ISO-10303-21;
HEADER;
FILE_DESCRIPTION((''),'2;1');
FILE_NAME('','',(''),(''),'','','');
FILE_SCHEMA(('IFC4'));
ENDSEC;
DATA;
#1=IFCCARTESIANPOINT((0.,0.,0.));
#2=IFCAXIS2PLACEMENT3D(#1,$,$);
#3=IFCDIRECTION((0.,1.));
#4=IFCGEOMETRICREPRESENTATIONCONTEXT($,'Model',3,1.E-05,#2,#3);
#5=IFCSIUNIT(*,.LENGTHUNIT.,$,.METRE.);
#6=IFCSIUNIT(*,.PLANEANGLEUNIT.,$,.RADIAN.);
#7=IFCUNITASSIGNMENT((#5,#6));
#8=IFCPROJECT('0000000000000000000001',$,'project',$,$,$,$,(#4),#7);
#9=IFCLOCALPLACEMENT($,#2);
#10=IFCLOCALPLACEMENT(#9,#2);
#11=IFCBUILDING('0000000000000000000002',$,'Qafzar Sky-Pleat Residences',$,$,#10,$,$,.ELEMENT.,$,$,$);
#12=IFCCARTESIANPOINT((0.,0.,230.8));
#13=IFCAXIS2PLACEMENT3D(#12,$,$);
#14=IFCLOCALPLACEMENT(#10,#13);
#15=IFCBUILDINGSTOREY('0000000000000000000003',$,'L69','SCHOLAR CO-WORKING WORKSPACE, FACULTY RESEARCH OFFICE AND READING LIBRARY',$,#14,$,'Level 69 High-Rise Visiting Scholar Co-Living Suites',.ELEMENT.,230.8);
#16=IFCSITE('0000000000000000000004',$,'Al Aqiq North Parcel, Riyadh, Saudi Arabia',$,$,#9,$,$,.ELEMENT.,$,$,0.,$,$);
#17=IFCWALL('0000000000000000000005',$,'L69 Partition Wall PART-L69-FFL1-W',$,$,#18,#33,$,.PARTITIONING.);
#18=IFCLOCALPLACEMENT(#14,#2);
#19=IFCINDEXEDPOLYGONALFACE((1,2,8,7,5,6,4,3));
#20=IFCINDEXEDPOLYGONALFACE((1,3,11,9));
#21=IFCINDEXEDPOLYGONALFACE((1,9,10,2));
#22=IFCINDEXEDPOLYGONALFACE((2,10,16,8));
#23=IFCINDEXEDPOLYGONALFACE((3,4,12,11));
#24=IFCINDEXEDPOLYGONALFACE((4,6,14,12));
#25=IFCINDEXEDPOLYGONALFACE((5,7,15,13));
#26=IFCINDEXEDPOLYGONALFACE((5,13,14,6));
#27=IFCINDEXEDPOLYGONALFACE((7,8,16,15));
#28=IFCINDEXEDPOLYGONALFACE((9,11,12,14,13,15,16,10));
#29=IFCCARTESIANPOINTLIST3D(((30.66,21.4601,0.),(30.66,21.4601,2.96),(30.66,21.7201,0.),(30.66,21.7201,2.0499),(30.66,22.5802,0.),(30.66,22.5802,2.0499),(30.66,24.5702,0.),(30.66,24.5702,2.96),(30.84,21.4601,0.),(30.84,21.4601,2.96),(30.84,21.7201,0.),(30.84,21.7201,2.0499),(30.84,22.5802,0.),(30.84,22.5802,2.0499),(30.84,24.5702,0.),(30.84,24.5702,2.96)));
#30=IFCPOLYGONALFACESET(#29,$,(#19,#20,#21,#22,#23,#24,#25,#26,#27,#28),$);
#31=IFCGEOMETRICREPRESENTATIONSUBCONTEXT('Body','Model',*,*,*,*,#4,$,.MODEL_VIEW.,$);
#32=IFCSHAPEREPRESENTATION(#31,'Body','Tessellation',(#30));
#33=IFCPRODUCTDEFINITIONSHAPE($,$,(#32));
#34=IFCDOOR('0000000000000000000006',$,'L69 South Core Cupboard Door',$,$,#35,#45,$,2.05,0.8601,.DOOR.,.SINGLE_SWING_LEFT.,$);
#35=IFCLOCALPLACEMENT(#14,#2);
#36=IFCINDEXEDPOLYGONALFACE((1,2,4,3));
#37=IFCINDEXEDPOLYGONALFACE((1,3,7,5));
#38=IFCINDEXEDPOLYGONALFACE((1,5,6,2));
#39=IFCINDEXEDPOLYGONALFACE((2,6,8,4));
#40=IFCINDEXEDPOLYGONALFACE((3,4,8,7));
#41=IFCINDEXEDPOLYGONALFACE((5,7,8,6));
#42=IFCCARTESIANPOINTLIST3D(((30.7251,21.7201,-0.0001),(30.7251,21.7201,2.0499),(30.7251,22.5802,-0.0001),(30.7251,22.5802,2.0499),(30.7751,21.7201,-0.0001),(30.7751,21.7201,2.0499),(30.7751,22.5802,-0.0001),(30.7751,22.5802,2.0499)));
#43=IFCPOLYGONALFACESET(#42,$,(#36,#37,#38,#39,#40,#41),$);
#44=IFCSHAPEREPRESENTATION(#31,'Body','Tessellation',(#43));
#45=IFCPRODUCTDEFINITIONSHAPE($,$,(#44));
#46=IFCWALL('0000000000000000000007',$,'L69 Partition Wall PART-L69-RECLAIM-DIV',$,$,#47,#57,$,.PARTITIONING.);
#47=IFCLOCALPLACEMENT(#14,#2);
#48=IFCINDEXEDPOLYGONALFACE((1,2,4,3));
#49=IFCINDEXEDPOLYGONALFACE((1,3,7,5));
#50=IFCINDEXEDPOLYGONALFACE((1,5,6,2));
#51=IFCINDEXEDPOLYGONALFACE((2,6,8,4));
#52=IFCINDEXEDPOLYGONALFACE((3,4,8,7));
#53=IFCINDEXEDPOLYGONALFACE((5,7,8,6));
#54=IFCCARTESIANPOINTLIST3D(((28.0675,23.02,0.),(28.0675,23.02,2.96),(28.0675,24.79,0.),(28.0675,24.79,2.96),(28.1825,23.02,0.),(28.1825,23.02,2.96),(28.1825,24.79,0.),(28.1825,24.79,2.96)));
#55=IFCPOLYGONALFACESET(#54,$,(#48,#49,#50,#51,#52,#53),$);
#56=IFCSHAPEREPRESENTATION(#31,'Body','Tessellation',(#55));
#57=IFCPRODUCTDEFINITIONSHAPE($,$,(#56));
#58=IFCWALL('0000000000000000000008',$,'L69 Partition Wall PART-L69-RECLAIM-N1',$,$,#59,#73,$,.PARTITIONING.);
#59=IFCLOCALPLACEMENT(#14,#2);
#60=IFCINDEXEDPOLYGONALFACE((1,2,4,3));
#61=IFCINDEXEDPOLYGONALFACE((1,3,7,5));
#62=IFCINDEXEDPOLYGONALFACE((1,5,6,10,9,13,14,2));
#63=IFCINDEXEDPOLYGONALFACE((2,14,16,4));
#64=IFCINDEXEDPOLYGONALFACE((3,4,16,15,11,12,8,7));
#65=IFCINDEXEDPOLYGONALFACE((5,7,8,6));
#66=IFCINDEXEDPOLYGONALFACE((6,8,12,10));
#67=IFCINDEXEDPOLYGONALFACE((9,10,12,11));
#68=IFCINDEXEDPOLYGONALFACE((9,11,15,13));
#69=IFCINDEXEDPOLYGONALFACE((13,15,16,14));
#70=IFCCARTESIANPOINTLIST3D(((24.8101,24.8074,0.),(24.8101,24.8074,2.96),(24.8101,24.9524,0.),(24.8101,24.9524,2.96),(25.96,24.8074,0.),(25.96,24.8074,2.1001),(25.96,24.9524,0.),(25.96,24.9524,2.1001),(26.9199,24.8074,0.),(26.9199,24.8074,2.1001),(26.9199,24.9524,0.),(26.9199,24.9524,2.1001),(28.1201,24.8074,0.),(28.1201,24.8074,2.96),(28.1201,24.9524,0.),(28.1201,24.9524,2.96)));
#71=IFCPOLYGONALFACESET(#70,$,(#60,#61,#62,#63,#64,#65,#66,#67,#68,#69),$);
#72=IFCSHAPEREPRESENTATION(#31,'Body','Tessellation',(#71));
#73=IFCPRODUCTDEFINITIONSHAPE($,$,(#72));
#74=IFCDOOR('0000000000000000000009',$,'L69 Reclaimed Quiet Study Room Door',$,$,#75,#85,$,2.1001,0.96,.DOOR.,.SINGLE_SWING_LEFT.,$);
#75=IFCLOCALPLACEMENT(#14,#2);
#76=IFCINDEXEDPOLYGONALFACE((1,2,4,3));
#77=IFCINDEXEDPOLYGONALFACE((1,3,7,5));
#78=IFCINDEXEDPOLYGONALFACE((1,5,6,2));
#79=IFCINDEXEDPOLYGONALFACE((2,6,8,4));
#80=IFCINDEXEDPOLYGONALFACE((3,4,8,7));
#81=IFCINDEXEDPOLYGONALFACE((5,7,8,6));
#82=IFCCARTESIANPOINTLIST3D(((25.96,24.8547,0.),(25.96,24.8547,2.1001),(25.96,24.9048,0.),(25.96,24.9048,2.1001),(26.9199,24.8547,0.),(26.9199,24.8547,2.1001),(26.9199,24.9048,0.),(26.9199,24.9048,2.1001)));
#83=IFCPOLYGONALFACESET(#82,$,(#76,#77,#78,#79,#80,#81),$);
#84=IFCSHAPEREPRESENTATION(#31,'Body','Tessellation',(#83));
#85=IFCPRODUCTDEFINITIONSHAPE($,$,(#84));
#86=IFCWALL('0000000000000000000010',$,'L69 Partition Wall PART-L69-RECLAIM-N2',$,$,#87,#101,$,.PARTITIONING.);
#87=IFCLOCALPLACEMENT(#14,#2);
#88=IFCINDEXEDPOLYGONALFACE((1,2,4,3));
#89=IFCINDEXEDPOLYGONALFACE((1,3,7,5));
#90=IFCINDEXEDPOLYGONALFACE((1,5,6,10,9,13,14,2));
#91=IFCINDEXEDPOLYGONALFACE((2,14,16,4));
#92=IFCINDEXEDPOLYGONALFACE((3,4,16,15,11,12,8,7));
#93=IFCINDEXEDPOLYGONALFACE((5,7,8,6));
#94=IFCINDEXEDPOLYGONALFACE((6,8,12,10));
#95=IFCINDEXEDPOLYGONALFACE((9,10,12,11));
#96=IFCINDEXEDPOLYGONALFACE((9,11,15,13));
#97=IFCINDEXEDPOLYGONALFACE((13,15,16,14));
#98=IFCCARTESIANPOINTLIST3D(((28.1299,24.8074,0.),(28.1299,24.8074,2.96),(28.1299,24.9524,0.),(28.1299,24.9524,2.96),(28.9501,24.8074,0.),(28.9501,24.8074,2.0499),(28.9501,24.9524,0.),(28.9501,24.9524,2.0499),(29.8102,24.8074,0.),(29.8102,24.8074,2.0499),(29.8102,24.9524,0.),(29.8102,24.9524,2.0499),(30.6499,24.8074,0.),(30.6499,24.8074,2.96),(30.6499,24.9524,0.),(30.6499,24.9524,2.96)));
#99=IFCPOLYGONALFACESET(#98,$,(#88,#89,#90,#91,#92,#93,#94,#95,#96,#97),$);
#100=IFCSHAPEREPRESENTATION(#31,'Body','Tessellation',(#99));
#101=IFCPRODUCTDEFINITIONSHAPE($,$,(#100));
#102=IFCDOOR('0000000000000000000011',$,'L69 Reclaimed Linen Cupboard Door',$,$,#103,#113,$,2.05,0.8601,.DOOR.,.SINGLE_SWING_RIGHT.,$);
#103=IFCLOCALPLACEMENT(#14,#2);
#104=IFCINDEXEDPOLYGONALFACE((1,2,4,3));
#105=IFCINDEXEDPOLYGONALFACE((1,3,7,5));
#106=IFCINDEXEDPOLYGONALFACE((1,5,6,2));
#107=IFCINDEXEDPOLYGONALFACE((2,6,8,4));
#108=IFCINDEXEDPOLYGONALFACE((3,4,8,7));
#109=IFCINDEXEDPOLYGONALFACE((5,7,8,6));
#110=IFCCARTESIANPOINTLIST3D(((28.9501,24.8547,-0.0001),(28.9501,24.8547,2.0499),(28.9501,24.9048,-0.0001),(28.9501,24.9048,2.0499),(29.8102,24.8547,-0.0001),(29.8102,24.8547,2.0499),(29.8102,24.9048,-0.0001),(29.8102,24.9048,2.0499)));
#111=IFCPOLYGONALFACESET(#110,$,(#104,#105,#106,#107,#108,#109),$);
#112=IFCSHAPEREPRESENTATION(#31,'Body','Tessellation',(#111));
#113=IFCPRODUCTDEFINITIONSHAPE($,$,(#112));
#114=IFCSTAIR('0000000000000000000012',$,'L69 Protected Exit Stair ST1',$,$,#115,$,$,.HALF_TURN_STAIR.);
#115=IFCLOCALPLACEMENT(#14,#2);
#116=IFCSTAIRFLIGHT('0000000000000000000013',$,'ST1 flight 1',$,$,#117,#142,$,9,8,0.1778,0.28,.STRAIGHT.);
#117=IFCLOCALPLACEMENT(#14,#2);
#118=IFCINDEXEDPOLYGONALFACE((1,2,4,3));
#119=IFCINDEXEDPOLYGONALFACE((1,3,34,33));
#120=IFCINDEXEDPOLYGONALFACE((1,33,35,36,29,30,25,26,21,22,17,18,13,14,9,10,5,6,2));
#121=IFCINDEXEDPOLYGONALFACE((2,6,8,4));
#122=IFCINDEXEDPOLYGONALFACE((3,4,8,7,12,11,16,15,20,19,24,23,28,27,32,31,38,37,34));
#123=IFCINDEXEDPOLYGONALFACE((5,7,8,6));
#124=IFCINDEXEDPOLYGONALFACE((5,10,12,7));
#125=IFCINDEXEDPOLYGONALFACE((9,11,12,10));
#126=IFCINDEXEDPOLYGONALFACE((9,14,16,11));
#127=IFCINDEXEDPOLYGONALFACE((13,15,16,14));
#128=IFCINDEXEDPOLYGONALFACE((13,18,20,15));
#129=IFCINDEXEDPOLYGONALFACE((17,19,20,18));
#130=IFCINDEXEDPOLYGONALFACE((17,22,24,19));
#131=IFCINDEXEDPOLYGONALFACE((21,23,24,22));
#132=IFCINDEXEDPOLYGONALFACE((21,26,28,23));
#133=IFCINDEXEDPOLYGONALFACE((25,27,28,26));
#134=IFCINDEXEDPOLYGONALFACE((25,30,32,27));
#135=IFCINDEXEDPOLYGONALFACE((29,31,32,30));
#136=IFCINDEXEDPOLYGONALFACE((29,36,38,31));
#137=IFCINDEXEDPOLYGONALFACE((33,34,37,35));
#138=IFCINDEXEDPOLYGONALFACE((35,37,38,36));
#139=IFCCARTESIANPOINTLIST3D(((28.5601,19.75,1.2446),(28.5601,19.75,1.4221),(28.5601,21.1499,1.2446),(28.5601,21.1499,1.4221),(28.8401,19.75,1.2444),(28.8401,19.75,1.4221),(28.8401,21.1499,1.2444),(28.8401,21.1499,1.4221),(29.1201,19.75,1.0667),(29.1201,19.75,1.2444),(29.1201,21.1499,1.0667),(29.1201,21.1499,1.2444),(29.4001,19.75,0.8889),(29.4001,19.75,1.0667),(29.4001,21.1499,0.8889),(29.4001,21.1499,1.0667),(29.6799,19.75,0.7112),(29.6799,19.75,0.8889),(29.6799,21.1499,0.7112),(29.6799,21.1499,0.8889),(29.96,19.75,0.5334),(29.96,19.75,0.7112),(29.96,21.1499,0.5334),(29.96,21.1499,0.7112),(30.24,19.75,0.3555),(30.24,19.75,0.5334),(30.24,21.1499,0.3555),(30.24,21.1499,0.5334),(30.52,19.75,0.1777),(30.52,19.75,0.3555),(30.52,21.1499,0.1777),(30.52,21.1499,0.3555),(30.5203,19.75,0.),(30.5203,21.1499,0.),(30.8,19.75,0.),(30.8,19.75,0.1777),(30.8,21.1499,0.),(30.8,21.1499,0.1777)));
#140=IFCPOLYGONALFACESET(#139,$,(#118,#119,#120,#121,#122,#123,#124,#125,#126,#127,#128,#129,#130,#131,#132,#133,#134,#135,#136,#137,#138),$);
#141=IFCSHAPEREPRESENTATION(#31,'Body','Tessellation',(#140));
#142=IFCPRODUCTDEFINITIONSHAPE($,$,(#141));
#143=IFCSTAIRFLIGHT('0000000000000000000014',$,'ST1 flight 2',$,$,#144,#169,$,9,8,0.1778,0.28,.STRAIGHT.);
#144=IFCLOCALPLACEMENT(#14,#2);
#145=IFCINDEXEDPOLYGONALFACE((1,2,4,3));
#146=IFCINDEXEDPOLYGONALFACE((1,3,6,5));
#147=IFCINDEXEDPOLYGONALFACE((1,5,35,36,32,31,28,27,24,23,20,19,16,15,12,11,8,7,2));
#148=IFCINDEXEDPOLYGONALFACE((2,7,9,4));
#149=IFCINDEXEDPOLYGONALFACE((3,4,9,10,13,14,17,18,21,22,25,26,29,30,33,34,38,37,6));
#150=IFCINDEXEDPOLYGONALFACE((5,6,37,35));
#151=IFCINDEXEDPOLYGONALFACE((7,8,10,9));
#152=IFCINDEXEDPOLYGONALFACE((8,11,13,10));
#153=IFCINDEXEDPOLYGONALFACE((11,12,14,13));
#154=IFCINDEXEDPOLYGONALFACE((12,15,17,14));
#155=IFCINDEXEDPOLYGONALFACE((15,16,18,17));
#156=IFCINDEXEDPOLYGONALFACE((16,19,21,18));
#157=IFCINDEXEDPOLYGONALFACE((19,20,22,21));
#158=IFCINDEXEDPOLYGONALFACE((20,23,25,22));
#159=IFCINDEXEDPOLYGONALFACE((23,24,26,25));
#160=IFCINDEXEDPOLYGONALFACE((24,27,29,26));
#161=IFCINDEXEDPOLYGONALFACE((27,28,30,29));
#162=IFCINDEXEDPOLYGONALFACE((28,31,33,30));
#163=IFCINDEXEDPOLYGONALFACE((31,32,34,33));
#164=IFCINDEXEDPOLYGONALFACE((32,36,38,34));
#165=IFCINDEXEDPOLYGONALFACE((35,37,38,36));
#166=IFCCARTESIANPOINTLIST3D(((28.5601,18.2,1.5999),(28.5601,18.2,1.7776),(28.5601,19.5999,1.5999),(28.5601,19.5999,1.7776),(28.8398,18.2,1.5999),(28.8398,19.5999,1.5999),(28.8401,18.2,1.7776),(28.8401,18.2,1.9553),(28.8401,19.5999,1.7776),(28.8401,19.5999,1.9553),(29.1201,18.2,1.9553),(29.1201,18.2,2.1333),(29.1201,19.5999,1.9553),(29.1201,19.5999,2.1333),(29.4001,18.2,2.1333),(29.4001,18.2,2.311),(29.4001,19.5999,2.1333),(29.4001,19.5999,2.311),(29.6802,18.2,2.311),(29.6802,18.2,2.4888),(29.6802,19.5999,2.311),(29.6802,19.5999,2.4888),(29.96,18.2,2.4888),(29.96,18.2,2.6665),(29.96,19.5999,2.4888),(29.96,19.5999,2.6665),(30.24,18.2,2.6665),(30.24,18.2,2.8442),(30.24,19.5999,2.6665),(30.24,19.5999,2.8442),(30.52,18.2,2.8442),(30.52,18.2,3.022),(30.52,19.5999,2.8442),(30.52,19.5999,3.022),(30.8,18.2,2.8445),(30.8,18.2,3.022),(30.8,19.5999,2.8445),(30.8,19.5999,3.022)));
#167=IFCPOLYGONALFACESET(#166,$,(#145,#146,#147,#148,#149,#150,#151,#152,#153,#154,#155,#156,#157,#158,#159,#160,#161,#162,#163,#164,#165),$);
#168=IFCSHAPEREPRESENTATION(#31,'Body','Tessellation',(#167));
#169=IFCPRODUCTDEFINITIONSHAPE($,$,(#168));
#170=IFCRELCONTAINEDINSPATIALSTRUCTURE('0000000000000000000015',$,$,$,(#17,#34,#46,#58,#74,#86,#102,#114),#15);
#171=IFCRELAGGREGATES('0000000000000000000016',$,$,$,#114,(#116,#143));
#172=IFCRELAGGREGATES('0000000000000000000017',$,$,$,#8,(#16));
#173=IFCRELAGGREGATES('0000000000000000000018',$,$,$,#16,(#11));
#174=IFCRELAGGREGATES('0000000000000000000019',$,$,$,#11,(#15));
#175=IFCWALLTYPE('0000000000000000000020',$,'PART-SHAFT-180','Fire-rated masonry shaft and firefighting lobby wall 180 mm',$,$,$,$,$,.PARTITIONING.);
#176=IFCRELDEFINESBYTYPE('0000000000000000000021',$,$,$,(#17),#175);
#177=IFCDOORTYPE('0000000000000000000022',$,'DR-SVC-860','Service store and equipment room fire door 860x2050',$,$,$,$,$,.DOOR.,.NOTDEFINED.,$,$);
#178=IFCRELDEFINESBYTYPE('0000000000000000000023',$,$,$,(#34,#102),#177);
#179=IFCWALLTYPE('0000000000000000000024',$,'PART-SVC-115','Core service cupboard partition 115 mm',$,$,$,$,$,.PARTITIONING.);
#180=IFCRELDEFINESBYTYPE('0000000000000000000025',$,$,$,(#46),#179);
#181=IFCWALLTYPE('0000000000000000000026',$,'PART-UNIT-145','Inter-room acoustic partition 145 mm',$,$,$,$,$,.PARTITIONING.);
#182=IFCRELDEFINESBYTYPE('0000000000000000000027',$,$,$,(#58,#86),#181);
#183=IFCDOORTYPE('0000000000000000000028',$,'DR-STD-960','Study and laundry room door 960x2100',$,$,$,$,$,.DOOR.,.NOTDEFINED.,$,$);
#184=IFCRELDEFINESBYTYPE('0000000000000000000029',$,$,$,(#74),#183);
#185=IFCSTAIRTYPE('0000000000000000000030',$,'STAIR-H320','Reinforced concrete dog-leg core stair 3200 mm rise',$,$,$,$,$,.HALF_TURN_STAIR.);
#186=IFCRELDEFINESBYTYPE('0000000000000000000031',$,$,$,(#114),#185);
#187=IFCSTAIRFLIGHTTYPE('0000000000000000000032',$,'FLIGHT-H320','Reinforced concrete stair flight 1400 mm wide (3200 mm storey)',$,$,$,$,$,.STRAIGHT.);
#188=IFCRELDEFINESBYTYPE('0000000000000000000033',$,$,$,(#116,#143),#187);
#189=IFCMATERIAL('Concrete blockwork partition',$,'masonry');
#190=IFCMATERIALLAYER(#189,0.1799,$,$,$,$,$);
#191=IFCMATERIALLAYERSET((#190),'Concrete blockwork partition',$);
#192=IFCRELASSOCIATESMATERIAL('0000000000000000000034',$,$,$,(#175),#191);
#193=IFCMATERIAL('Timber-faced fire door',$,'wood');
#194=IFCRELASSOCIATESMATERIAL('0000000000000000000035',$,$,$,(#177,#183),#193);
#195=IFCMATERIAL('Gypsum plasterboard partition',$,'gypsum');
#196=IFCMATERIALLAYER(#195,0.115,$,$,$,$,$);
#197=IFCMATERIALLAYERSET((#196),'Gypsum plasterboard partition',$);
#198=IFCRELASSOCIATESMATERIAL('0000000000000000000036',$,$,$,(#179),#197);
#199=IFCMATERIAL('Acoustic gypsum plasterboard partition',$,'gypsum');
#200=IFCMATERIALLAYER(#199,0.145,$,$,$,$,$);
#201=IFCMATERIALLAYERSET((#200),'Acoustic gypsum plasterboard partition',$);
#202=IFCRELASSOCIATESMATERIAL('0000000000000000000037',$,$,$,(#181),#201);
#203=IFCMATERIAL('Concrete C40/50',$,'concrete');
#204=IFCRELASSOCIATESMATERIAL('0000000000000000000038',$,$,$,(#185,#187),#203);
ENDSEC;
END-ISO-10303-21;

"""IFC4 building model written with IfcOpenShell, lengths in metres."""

from ifc_helpers import new_model, si_unit, direction, frame, frame_2d, origin, place, context, subcontext, project, spatial, polyline, rectangle, outline, extrude, source, transform, mapped, material, layer, layer_set, type_object, element, fill, aggregate, save


model = new_model("IFC4")

# Units and contexts
model_context = context("Model", 3, precision=1e-05, world=origin(), true_north=direction((0.0, 1.0)))
body_context = subcontext(model_context, "Body", "Model", "MODEL_VIEW")
ifc_project = project(units=[si_unit("LENGTHUNIT", "METRE"), si_unit("PLANEANGLEUNIT", "RADIAN")], contexts=[model_context])

# Site, building, storey
site_placement = place(None, origin())
site = spatial("IfcSite", under=ifc_project, at=site_placement, Name="Al Aqiq North Parcel, Riyadh, Saudi Arabia", CompositionType="ELEMENT", RefElevation=0.0)
building_placement = place(site_placement, origin())
building = spatial("IfcBuilding", under=site, at=building_placement, Name="Qafzar Sky-Pleat Residences", CompositionType="ELEMENT")
storey_placement = place(building_placement, frame((0.0, 0.0, 230.8)))
storey = spatial("IfcBuildingStorey", under=building, at=storey_placement, Name="L69", Description="SCHOLAR CO-WORKING WORKSPACE, FACULTY RESEARCH OFFICE AND READING LIBRARY", LongName="Level 69 High-Rise Visiting Scholar Co-Living Suites", CompositionType="ELEMENT", Elevation=230.8)

# Wall, opening, door
ifc_material_1 = material(Name="Concrete blockwork partition", Category="masonry")
ifc_layer_1 = layer(ifc_material_1, 0.1799)
ifc_layer_set_1 = layer_set([ifc_layer_1], Name="Concrete blockwork partition")
wall_type_1 = type_object("IfcWallType", Name="PART-SHAFT-180", Description="Fire-rated masonry shaft and firefighting lobby wall 180 mm", PredefinedType="PARTITIONING", material=ifc_layer_set_1)
wall_1_placement = place(storey_placement, frame((30.75, 21.46, 0.0), z_axis=(0.0, 0.0, 1.0), x_axis=(0.0, 1.0, 0.0)))
wall_1 = element("IfcWall", 1, at=wall_1_placement, inside=storey, type_object=wall_type_1, Name="L69 Partition Wall PART-L69-FFL1-W", PredefinedType="PARTITIONING", context=body_context, shape_type="SweptSolid", body=[
    extrude(rectangle(XDim=3.1101, YDim=0.1799, at=frame_2d((1.5552, 0.0))), origin(), (0.0, 0.0, 1.0), 2.96),
])
opening_1_placement = place(wall_1_placement, frame((0.26, 0.0, 0.0)))
opening_1 = element("IfcOpeningElement", 2, at=opening_1_placement, cuts=wall_1, PredefinedType="OPENING", context=body_context, shape_type="SweptSolid", body=[
    extrude(rectangle(XDim=0.8601, YDim=2.05, at=frame_2d((0.4302, 1.0249))), frame((0.0, 0.1001, 0.0), z_axis=(0.0, -1.0, 0.0), x_axis=(1.0, 0.0, 0.0)), (0.0, 0.0, 1.0), 0.2),
])
ifc_material_2 = material(Name="Timber-faced fire door", Category="wood")
door_type_1 = type_object("IfcDoorType", Name="DR-SVC-860", Description="Service store and equipment room fire door 860x2050", OperationType="NOTDEFINED", PredefinedType="DOOR", material=ifc_material_2)
shared_shape_1 = source(origin(), body_context, "Body", "SweptSolid", [
    extrude(rectangle(XDim=0.8601, YDim=2.05, at=frame_2d((0.4302, 1.0249))), frame((0.0, 0.0249, 0.0), z_axis=(0.0, -1.0, 0.0), x_axis=(1.0, 0.0, 0.0)), (0.0, 0.0, 1.0), 0.05),
])
door_1_placement = place(opening_1_placement, origin())
door_1 = element("IfcDoor", 3, at=door_1_placement, inside=storey, type_object=door_type_1, Name="L69 South Core Cupboard Door", OperationType="SINGLE_SWING_LEFT", OverallHeight=2.05, OverallWidth=0.8601, PredefinedType="DOOR", context=body_context, shape_type="MappedRepresentation", body=[
    mapped(shared_shape_1, transform((0.0, 0.0, 0.0), x_axis=(1.0, 0.0, 0.0), y_axis=(0.0, 1.0, 0.0), z_axis=(0.0, 0.0, 1.0), scale=1.0)),
])
fill(opening_1, door_1)

# Wall
ifc_material_3 = material(Name="Gypsum plasterboard partition", Category="gypsum")
ifc_layer_2 = layer(ifc_material_3, 0.115)
ifc_layer_set_2 = layer_set([ifc_layer_2], Name="Gypsum plasterboard partition")
wall_type_2 = type_object("IfcWallType", Name="PART-SVC-115", Description="Core service cupboard partition 115 mm", PredefinedType="PARTITIONING", material=ifc_layer_set_2)
wall_2_placement = place(storey_placement, frame((28.125, 23.02, 0.0), z_axis=(0.0, 0.0, 1.0), x_axis=(0.0, 1.0, 0.0)))
element("IfcWall", 4, at=wall_2_placement, inside=storey, type_object=wall_type_2, Name="L69 Partition Wall PART-L69-RECLAIM-DIV", PredefinedType="PARTITIONING", context=body_context, shape_type="SweptSolid", body=[
    extrude(rectangle(XDim=1.77, YDim=0.115, at=frame_2d((0.885, 0.0))), origin(), (0.0, 0.0, 1.0), 2.96),
])

# Walls, openings, doors
ifc_material_4 = material(Name="Acoustic gypsum plasterboard partition", Category="gypsum")
ifc_layer_3 = layer(ifc_material_4, 0.145)
ifc_layer_set_3 = layer_set([ifc_layer_3], Name="Acoustic gypsum plasterboard partition")
wall_type_3 = type_object("IfcWallType", Name="PART-UNIT-145", Description="Inter-room acoustic partition 145 mm", PredefinedType="PARTITIONING", material=ifc_layer_set_3)
wall_3_placement = place(storey_placement, frame((24.8101, 24.8799, 0.0), z_axis=(0.0, 0.0, 1.0), x_axis=(1.0, 0.0, 0.0)))
wall_3 = element("IfcWall", 5, at=wall_3_placement, inside=storey, type_object=wall_type_3, Name="L69 Partition Wall PART-L69-RECLAIM-N1", PredefinedType="PARTITIONING", context=body_context, shape_type="SweptSolid", body=[
    extrude(rectangle(XDim=3.3101, YDim=0.145, at=frame_2d((1.655, 0.0))), origin(), (0.0, 0.0, 1.0), 2.96),
])
opening_2_placement = place(wall_3_placement, frame((1.1499, 0.0, 0.0)))
opening_2 = element("IfcOpeningElement", 6, at=opening_2_placement, cuts=wall_3, PredefinedType="OPENING", context=body_context, shape_type="SweptSolid", body=[
    extrude(rectangle(XDim=0.96, YDim=2.1001, at=frame_2d((0.48, 1.05))), frame((0.0, 0.0825, 0.0), z_axis=(0.0, -1.0, 0.0), x_axis=(1.0, 0.0, 0.0)), (0.0, 0.0, 1.0), 0.165),
])
door_type_2 = type_object("IfcDoorType", Name="DR-STD-960", Description="Study and laundry room door 960x2100", OperationType="NOTDEFINED", PredefinedType="DOOR", material=ifc_material_2)
shared_shape_2 = source(origin(), body_context, "Body", "SweptSolid", [
    extrude(rectangle(XDim=0.96, YDim=2.1001, at=frame_2d((0.48, 1.05))), frame((0.0, 0.0249, 0.0), z_axis=(0.0, -1.0, 0.0), x_axis=(1.0, 0.0, 0.0)), (0.0, 0.0, 1.0), 0.05),
])
door_2_placement = place(opening_2_placement, origin())
door_2 = element("IfcDoor", 7, at=door_2_placement, inside=storey, type_object=door_type_2, Name="L69 Reclaimed Quiet Study Room Door", OperationType="SINGLE_SWING_LEFT", OverallHeight=2.1001, OverallWidth=0.96, PredefinedType="DOOR", context=body_context, shape_type="MappedRepresentation", body=[
    mapped(shared_shape_2, transform((0.0, 0.0, 0.0), x_axis=(1.0, 0.0, 0.0), y_axis=(0.0, 1.0, 0.0), z_axis=(0.0, 0.0, 1.0), scale=1.0)),
])
fill(opening_2, door_2)
wall_4_placement = place(storey_placement, frame((28.1299, 24.8799, 0.0), z_axis=(0.0, 0.0, 1.0), x_axis=(1.0, 0.0, 0.0)))
wall_4 = element("IfcWall", 8, at=wall_4_placement, inside=storey, type_object=wall_type_3, Name="L69 Partition Wall PART-L69-RECLAIM-N2", PredefinedType="PARTITIONING", context=body_context, shape_type="SweptSolid", body=[
    extrude(rectangle(XDim=2.52, YDim=0.145, at=frame_2d((1.26, 0.0))), origin(), (0.0, 0.0, 1.0), 2.96),
])
opening_3_placement = place(wall_4_placement, frame((0.8201, 0.0, 0.0)))
opening_3 = element("IfcOpeningElement", 9, at=opening_3_placement, cuts=wall_4, PredefinedType="OPENING", context=body_context, shape_type="SweptSolid", body=[
    extrude(rectangle(XDim=0.8601, YDim=2.05, at=frame_2d((0.4302, 1.0249))), frame((0.0, 0.0825, 0.0), z_axis=(0.0, -1.0, 0.0), x_axis=(1.0, 0.0, 0.0)), (0.0, 0.0, 1.0), 0.165),
])
door_3_placement = place(opening_3_placement, origin())
door_3 = element("IfcDoor", 10, at=door_3_placement, inside=storey, type_object=door_type_1, Name="L69 Reclaimed Linen Cupboard Door", OperationType="SINGLE_SWING_RIGHT", OverallHeight=2.05, OverallWidth=0.8601, PredefinedType="DOOR", context=body_context, shape_type="MappedRepresentation", body=[
    mapped(shared_shape_1, transform((0.0, 0.0, 0.0), x_axis=(1.0, 0.0, 0.0), y_axis=(0.0, 1.0, 0.0), z_axis=(0.0, 0.0, 1.0), scale=1.0)),
])
fill(opening_3, door_3)

# Stair, stair flights
ifc_material_5 = material(Name="Concrete C40/50", Category="concrete")
stair_type = type_object("IfcStairType", Name="STAIR-H320", Description="Reinforced concrete dog-leg core stair 3200 mm rise", PredefinedType="HALF_TURN_STAIR", material=ifc_material_5)
stair_placement = place(storey_placement, origin())
stair = element("IfcStair", 11, at=stair_placement, inside=storey, type_object=stair_type, Name="L69 Protected Exit Stair ST1", PredefinedType="HALF_TURN_STAIR")
stair_flight_type = type_object("IfcStairFlightType", Name="FLIGHT-H320", Description="Reinforced concrete stair flight 1400 mm wide (3200 mm storey)", PredefinedType="STRAIGHT", material=ifc_material_5)
shared_shape_3 = source(origin(), body_context, "Body", "SweptSolid", [
    extrude(outline(polyline([(0.0, 0.0), (0.0, 0.1777), (0.28, 0.1777), (0.28, 0.3555), (0.5601, 0.3555), (0.5601, 0.5334), (0.8401, 0.5334), (0.8401, 0.7112), (1.1201, 0.7112), (1.1201, 0.8889), (1.3999, 0.8889), (1.3999, 1.0667), (1.6799, 1.0667), (1.6799, 1.2444), (1.96, 1.2444), (1.96, 1.4221), (2.24, 1.4221), (2.24, 1.6001), (2.24, 1.2446), (0.2798, 0.0), (0.0, 0.0)])), frame((0.0, 0.7, 0.0), z_axis=(0.0, -1.0, 0.0), x_axis=(1.0, 0.0, 0.0)), (0.0, 0.0, 1.0), 1.3999),
])
stair_flight_1_placement = place(storey_placement, frame((30.8, 20.45, 0.0), z_axis=(0.0, 0.0, 1.0), x_axis=(-1.0, 0.0, 0.0)))
stair_flight_1 = element("IfcStairFlight", 12, at=stair_flight_1_placement, type_object=stair_flight_type, Name="ST1 flight 1", NumberOfRisers=9, NumberOfTreads=8, PredefinedType="STRAIGHT", RiserHeight=0.1778, TreadLength=0.28, context=body_context, shape_type="MappedRepresentation", body=[
    mapped(shared_shape_3, transform((0.0, 0.0, 0.0), x_axis=(1.0, 0.0, 0.0), y_axis=(0.0, 1.0, 0.0), z_axis=(0.0, 0.0, 1.0), scale=1.0)),
])
stair_flight_2_placement = place(storey_placement, frame((28.5601, 18.8999, 1.5999), z_axis=(0.0, 0.0, 1.0), x_axis=(1.0, 0.0, 0.0)))
stair_flight_2 = element("IfcStairFlight", 13, at=stair_flight_2_placement, type_object=stair_flight_type, Name="ST1 flight 2", NumberOfRisers=9, NumberOfTreads=8, PredefinedType="STRAIGHT", RiserHeight=0.1778, TreadLength=0.28, context=body_context, shape_type="MappedRepresentation", body=[
    mapped(shared_shape_3, transform((0.0, 0.0, 0.0), x_axis=(1.0, 0.0, 0.0), y_axis=(0.0, 1.0, 0.0), z_axis=(0.0, 0.0, 1.0), scale=1.0)),
])
aggregate(stair, [stair_flight_1, stair_flight_2])

save(model, "model.ifc")
